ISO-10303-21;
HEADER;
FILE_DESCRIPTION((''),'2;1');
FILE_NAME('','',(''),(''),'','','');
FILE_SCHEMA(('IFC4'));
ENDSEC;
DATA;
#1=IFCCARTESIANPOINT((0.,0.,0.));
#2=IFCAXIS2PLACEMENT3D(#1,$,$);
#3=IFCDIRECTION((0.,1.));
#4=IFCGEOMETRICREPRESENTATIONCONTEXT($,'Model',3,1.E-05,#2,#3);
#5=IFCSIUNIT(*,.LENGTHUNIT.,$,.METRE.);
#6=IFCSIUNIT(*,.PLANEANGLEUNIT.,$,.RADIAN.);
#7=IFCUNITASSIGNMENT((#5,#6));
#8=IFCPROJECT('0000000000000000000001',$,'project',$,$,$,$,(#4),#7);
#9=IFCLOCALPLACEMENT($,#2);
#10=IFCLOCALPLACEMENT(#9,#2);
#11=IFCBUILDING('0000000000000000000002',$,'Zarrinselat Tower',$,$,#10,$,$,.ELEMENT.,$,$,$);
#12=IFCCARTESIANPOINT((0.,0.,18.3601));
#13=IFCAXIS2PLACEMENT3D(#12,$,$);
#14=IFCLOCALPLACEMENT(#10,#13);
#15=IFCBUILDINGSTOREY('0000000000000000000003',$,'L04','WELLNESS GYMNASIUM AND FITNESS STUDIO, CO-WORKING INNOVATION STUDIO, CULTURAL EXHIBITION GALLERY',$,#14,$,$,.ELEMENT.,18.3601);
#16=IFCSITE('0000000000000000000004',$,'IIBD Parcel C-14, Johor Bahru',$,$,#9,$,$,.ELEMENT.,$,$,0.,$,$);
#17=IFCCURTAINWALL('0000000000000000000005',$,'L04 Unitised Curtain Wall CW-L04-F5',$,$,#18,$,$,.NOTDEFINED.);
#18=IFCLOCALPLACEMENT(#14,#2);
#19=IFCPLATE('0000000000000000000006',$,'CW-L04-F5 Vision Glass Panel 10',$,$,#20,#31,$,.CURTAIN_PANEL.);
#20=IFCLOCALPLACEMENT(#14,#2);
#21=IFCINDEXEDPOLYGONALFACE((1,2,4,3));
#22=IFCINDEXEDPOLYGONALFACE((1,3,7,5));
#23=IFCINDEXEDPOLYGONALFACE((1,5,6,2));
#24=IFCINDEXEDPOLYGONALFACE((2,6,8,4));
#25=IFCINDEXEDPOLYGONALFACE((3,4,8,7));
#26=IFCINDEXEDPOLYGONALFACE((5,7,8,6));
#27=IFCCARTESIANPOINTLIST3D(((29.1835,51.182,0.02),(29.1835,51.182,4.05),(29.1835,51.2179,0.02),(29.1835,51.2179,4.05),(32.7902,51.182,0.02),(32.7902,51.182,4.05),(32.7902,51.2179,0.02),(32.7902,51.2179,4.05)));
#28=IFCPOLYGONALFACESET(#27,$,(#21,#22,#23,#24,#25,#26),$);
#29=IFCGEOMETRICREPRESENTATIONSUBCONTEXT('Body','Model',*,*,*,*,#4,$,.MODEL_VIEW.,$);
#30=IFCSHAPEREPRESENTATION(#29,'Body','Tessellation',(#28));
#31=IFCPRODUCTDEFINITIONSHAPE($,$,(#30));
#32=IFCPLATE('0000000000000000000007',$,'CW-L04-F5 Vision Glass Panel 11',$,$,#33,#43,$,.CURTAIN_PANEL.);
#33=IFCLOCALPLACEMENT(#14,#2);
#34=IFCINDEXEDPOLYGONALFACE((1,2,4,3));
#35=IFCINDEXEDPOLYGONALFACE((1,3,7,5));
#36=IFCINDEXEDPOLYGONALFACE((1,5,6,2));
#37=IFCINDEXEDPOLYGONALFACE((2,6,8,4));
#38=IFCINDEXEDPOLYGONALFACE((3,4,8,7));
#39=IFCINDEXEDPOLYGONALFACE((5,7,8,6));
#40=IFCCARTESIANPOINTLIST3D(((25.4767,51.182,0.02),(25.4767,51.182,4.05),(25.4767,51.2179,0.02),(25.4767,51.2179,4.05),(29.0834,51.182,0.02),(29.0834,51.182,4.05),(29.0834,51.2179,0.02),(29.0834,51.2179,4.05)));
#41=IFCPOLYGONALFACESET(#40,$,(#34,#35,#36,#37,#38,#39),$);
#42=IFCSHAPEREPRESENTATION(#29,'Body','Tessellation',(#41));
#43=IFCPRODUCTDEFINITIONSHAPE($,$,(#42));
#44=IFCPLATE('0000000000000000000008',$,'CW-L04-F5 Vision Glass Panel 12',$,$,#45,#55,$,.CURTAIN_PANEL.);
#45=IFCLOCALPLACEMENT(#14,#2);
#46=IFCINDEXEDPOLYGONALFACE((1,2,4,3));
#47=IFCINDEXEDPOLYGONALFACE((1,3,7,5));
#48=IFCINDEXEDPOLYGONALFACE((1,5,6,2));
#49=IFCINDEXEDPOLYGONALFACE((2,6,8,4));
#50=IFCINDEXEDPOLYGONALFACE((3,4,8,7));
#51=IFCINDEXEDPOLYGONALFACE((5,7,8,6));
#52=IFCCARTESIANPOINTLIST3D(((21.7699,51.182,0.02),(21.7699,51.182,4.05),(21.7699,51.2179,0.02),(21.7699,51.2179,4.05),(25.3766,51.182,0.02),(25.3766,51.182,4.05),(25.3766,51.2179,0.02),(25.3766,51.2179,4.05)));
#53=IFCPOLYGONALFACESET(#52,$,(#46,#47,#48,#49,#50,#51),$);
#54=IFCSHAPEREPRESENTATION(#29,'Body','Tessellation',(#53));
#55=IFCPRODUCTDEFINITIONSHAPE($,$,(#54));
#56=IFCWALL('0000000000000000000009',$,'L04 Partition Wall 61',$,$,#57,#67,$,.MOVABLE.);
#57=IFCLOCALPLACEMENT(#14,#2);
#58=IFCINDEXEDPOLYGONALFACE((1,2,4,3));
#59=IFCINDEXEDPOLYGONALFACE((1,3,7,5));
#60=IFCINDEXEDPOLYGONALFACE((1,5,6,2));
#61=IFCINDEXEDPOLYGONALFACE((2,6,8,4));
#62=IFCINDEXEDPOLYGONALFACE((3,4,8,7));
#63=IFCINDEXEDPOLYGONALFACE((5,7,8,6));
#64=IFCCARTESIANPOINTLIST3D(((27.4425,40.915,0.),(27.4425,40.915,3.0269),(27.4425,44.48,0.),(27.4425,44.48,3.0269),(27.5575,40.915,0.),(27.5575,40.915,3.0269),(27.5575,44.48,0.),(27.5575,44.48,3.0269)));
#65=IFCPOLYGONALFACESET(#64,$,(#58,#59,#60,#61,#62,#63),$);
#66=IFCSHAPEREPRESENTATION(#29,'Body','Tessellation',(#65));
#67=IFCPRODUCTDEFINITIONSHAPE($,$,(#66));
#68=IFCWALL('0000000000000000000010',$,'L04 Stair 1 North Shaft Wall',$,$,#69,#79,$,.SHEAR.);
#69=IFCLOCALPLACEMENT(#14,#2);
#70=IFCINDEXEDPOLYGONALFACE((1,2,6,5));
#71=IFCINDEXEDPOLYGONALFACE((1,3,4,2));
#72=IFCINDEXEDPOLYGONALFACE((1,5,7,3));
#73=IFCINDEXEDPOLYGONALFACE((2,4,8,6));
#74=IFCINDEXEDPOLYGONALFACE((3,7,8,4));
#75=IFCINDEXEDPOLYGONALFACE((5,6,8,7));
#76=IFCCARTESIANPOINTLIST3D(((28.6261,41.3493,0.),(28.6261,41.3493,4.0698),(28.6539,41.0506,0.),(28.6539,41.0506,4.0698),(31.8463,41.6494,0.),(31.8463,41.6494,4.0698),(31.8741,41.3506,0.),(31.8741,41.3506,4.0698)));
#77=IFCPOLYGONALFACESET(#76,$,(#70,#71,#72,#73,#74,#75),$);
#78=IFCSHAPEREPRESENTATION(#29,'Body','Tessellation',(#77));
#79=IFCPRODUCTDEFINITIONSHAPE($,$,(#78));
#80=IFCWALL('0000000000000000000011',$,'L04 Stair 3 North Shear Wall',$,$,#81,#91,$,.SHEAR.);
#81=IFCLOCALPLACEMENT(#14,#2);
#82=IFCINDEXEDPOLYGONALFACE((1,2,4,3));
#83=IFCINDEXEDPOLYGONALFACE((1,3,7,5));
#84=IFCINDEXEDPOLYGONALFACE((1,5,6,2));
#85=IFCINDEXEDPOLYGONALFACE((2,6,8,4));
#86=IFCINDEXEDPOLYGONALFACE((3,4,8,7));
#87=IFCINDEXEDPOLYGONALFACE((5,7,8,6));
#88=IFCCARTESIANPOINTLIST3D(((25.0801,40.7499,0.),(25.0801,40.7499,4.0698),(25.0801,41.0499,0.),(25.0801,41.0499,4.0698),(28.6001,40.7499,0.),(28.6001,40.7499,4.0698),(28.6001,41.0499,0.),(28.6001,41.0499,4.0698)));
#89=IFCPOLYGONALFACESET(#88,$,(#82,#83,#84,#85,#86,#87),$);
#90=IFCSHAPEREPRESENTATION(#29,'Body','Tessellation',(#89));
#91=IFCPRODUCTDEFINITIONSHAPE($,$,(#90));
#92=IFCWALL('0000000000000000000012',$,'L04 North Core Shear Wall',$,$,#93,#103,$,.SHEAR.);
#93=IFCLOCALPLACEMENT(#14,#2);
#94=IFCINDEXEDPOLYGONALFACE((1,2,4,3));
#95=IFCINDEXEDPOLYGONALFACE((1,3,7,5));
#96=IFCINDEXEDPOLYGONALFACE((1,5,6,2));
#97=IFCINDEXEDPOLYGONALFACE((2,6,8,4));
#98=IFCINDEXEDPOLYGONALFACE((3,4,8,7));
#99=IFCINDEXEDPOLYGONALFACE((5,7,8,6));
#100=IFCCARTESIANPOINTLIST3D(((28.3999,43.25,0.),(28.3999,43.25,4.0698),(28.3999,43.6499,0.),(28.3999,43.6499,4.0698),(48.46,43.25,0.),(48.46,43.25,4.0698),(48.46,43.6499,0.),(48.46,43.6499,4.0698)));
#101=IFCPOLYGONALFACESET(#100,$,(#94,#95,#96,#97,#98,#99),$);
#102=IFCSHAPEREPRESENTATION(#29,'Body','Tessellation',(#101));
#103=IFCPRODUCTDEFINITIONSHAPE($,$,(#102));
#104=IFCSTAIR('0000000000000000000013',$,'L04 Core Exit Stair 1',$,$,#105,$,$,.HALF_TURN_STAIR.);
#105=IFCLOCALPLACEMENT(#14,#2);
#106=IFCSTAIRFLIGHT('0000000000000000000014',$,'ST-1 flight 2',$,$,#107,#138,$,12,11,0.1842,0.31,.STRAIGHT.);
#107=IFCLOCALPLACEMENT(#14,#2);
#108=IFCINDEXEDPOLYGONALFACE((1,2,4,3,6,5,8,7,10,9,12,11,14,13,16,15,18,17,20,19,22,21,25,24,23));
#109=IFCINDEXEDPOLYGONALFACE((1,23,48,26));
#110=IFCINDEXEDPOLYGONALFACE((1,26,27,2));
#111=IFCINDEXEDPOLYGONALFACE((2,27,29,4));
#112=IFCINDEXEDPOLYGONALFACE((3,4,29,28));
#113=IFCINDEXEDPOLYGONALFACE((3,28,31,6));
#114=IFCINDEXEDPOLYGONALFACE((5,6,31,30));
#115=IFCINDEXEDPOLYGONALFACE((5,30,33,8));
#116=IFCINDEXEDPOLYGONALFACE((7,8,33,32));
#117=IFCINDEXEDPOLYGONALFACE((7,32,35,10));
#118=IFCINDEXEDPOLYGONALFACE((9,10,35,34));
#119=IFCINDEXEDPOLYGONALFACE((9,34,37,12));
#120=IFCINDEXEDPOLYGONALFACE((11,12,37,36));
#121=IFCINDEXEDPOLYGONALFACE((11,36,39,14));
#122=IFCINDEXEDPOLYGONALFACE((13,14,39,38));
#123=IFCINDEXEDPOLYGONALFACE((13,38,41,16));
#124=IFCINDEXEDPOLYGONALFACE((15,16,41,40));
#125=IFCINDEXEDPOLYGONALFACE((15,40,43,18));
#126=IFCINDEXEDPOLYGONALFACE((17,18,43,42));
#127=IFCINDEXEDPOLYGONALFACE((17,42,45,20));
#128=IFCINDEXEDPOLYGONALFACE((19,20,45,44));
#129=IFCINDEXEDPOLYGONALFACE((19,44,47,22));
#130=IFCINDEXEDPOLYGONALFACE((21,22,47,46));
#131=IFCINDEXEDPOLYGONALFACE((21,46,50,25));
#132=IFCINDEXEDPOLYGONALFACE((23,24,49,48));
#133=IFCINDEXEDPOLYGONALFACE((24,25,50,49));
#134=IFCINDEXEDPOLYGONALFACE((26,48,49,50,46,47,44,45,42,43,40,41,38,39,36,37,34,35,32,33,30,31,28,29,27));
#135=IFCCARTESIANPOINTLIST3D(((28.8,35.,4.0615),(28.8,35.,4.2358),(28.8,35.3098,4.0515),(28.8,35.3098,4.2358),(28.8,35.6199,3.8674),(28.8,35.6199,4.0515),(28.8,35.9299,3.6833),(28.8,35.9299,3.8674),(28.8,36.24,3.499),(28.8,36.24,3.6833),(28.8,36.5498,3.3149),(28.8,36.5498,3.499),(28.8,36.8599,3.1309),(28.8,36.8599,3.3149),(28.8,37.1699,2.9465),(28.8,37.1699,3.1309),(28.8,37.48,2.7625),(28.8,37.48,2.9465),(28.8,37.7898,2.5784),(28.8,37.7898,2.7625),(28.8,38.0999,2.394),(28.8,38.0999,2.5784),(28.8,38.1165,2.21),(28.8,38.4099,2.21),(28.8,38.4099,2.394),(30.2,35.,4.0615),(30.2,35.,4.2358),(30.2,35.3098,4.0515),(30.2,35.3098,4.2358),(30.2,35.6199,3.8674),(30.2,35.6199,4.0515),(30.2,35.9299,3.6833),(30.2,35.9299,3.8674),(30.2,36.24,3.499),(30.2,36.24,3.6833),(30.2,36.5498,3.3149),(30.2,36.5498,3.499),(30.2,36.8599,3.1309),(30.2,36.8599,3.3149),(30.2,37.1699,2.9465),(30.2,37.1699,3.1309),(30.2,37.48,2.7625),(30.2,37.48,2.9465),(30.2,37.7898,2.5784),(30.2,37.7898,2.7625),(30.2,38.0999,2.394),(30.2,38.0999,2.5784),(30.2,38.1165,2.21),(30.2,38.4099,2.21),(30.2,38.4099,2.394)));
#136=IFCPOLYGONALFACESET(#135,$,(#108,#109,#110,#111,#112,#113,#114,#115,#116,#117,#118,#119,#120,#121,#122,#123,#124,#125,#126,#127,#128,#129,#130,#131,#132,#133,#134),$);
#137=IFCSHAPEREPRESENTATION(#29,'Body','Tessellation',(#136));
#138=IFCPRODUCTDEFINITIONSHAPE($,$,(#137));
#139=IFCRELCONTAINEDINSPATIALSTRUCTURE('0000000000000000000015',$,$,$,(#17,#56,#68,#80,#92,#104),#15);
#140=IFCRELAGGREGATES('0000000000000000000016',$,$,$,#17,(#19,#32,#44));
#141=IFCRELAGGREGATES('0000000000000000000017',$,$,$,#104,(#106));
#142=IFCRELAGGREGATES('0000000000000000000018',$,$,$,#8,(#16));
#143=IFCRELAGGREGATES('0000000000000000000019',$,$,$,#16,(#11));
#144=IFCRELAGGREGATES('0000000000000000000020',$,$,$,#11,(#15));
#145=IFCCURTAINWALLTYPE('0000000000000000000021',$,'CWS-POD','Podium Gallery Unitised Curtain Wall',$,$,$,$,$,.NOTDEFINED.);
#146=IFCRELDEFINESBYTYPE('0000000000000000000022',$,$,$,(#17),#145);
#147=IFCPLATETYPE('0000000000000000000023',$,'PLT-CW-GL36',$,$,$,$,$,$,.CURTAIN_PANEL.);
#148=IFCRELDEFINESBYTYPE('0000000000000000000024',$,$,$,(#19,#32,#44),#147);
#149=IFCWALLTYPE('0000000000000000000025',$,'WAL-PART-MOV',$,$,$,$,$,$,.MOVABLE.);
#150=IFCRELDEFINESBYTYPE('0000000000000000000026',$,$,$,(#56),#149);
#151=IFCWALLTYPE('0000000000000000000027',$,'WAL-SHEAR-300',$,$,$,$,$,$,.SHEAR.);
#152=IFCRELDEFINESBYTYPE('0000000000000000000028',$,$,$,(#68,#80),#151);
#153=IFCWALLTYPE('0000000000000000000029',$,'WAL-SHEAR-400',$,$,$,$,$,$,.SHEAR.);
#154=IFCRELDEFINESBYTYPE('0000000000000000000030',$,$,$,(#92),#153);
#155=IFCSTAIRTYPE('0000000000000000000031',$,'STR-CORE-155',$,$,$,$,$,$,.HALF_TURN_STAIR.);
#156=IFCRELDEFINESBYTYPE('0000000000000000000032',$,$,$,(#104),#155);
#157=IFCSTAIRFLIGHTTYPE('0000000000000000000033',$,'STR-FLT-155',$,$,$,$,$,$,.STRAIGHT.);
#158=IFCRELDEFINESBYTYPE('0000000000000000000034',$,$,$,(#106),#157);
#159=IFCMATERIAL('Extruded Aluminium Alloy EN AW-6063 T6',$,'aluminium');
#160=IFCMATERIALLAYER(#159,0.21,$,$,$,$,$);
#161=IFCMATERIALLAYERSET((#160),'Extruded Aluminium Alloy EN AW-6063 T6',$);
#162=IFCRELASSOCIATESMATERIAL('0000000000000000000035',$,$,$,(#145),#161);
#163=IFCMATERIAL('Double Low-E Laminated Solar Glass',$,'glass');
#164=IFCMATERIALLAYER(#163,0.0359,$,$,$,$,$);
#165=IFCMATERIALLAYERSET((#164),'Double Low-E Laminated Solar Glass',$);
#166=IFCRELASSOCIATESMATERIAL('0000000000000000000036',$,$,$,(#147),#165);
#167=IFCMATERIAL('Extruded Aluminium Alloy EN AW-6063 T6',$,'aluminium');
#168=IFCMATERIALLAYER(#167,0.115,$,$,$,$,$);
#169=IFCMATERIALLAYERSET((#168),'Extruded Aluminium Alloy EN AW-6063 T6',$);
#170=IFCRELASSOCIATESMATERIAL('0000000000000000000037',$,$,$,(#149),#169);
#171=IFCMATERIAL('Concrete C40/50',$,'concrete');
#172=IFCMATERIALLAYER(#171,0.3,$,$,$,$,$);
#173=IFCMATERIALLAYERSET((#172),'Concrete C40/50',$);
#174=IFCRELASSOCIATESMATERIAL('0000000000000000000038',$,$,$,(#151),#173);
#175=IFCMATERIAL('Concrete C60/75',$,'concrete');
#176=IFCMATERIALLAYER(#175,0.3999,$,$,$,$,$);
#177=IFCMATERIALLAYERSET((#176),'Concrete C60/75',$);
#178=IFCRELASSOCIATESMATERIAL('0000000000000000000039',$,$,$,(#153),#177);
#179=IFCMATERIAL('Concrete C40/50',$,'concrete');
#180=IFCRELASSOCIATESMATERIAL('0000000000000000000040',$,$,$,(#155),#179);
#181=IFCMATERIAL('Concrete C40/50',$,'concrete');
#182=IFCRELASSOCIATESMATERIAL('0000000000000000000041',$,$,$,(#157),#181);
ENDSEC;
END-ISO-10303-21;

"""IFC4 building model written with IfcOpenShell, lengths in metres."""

from ifc_helpers import new_model, si_unit, direction, frame, frame_2d, origin, origin_2d, place, context, subcontext, project, spatial, polyline, rectangle, outline, extrude, material, layer, layer_set, type_object, element, aggregate, save


model = new_model("IFC4")

# Units and contexts
model_context = context("Model", 3, precision=1e-05, world=origin(), true_north=direction((0.0, 1.0)))
body_context = subcontext(model_context, "Body", "Model", "MODEL_VIEW")
ifc_project = project(units=[si_unit("LENGTHUNIT", "METRE"), si_unit("PLANEANGLEUNIT", "RADIAN")], contexts=[model_context])

# Site, building, storey
site_placement = place(None, origin())
site = spatial("IfcSite", under=ifc_project, at=site_placement, Name="IIBD Parcel C-14, Johor Bahru", CompositionType="ELEMENT", RefElevation=0.0)
building_placement = place(site_placement, origin())
building = spatial("IfcBuilding", under=site, at=building_placement, Name="Zarrinselat Tower", CompositionType="ELEMENT")
storey_placement = place(building_placement, frame((0.0, 0.0, 18.3601)))
storey = spatial("IfcBuildingStorey", under=building, at=storey_placement, Name="L04", Description="WELLNESS GYMNASIUM AND FITNESS STUDIO, CO-WORKING INNOVATION STUDIO, CULTURAL EXHIBITION GALLERY", CompositionType="ELEMENT", Elevation=18.3601)

# Curtain wall, plates
ifc_material_1 = material(Name="Extruded Aluminium Alloy EN AW-6063 T6", Category="aluminium")
ifc_layer_1 = layer(ifc_material_1, 0.21)
ifc_layer_set_1 = layer_set([ifc_layer_1], Name="Extruded Aluminium Alloy EN AW-6063 T6")
curtain_wall_type = type_object("IfcCurtainWallType", Name="CWS-POD", Description="Podium Gallery Unitised Curtain Wall", PredefinedType="NOTDEFINED", material=ifc_layer_set_1)
curtain_wall_placement = place(storey_placement, origin())
curtain_wall = element("IfcCurtainWall", 1, at=curtain_wall_placement, inside=storey, type_object=curtain_wall_type, Name="L04 Unitised Curtain Wall CW-L04-F5", PredefinedType="NOTDEFINED")
ifc_material_2 = material(Name="Double Low-E Laminated Solar Glass", Category="glass")
ifc_layer_2 = layer(ifc_material_2, 0.0359)
ifc_layer_set_2 = layer_set([ifc_layer_2], Name="Double Low-E Laminated Solar Glass")
plate_type = type_object("IfcPlateType", Name="PLT-CW-GL36", PredefinedType="CURTAIN_PANEL", material=ifc_layer_set_2)
plate_1_placement = place(storey_placement, frame((30.9868, 51.2, 0.02), z_axis=(0.0, 0.0, 1.0), x_axis=(-1.0, 0.0, 0.0)))
plate_1 = element("IfcPlate", 2, at=plate_1_placement, type_object=plate_type, Name="CW-L04-F5 Vision Glass Panel 10", PredefinedType="CURTAIN_PANEL", context=body_context, shape_type="SweptSolid", body=[
    extrude(rectangle(XDim=3.6067, YDim=0.0359, at=origin_2d()), origin(), (0.0, 0.0, 1.0), 4.03),
])
plate_2_placement = place(storey_placement, frame((27.28, 51.2, 0.02), z_axis=(0.0, 0.0, 1.0), x_axis=(-1.0, 0.0, 0.0)))
plate_2 = element("IfcPlate", 3, at=plate_2_placement, type_object=plate_type, Name="CW-L04-F5 Vision Glass Panel 11", PredefinedType="CURTAIN_PANEL", context=body_context, shape_type="SweptSolid", body=[
    extrude(rectangle(XDim=3.6067, YDim=0.0359, at=origin_2d()), origin(), (0.0, 0.0, 1.0), 4.03),
])
plate_3_placement = place(storey_placement, frame((23.5732, 51.2, 0.02), z_axis=(0.0, 0.0, 1.0), x_axis=(-1.0, 0.0, 0.0)))
plate_3 = element("IfcPlate", 4, at=plate_3_placement, type_object=plate_type, Name="CW-L04-F5 Vision Glass Panel 12", PredefinedType="CURTAIN_PANEL", context=body_context, shape_type="SweptSolid", body=[
    extrude(rectangle(XDim=3.6067, YDim=0.0359, at=origin_2d()), origin(), (0.0, 0.0, 1.0), 4.03),
])
aggregate(curtain_wall, [plate_1, plate_2, plate_3])

# Walls
ifc_material_3 = material(Name="Extruded Aluminium Alloy EN AW-6063 T6", Category="aluminium")
ifc_layer_3 = layer(ifc_material_3, 0.115)
ifc_layer_set_3 = layer_set([ifc_layer_3], Name="Extruded Aluminium Alloy EN AW-6063 T6")
wall_type_1 = type_object("IfcWallType", Name="WAL-PART-MOV", PredefinedType="MOVABLE", material=ifc_layer_set_3)
wall_1_placement = place(storey_placement, frame((27.5, 40.915, 0.0), z_axis=(0.0, 0.0, 1.0), x_axis=(0.0, 1.0, 0.0)))
element("IfcWall", 5, at=wall_1_placement, inside=storey, type_object=wall_type_1, Name="L04 Partition Wall 61", PredefinedType="MOVABLE", context=body_context, shape_type="SweptSolid", body=[
    extrude(rectangle(XDim=3.5649, YDim=0.115, at=frame_2d((1.7825, 0.0))), origin(), (0.0, 0.0, 1.0), 3.0269),
])
ifc_material_4 = material(Name="Concrete C40/50", Category="concrete")
ifc_layer_4 = layer(ifc_material_4, 0.3)
ifc_layer_set_4 = layer_set([ifc_layer_4], Name="Concrete C40/50")
wall_type_2 = type_object("IfcWallType", Name="WAL-SHEAR-300", PredefinedType="SHEAR", material=ifc_layer_set_4)
wall_2_placement = place(storey_placement, frame((28.6399, 41.2, 0.0), z_axis=(0.0, 0.0, 1.0), x_axis=(0.995687, 0.092775, 0.0)))
element("IfcWall", 6, at=wall_2_placement, inside=storey, type_object=wall_type_2, Name="L04 Stair 1 North Shaft Wall", PredefinedType="SHEAR", context=body_context, shape_type="SweptSolid", body=[
    extrude(rectangle(XDim=3.2341, YDim=0.3, at=frame_2d((1.6172, 0.0))), origin(), (0.0, 0.0, 1.0), 4.0698),
])
wall_3_placement = place(storey_placement, frame((25.0801, 40.8999, 0.0), z_axis=(0.0, 0.0, 1.0), x_axis=(1.0, 0.0, 0.0)))
element("IfcWall", 7, at=wall_3_placement, inside=storey, type_object=wall_type_2, Name="L04 Stair 3 North Shear Wall", PredefinedType="SHEAR", context=body_context, shape_type="SweptSolid", body=[
    extrude(rectangle(XDim=3.52, YDim=0.3, at=frame_2d((1.76, 0.0))), origin(), (0.0, 0.0, 1.0), 4.0698),
])
ifc_material_5 = material(Name="Concrete C60/75", Category="concrete")
ifc_layer_5 = layer(ifc_material_5, 0.3999)
ifc_layer_set_5 = layer_set([ifc_layer_5], Name="Concrete C60/75")
wall_type_3 = type_object("IfcWallType", Name="WAL-SHEAR-400", PredefinedType="SHEAR", material=ifc_layer_set_5)
wall_4_placement = place(storey_placement, frame((28.3999, 43.45, 0.0), z_axis=(0.0, 0.0, 1.0), x_axis=(1.0, 0.0, 0.0)))
element("IfcWall", 8, at=wall_4_placement, inside=storey, type_object=wall_type_3, Name="L04 North Core Shear Wall", PredefinedType="SHEAR", context=body_context, shape_type="SweptSolid", body=[
    extrude(rectangle(XDim=20.0601, YDim=0.3999, at=frame_2d((10.03, 0.0))), origin(), (0.0, 0.0, 1.0), 4.0698),
])

# Stair, stair flight
ifc_material_6 = material(Name="Concrete C40/50", Category="concrete")
stair_type = type_object("IfcStairType", Name="STR-CORE-155", PredefinedType="HALF_TURN_STAIR", material=ifc_material_6)
stair_placement = place(storey_placement, origin())
stair = element("IfcStair", 9, at=stair_placement, inside=storey, type_object=stair_type, Name="L04 Core Exit Stair 1", PredefinedType="HALF_TURN_STAIR")
ifc_material_7 = material(Name="Concrete C40/50", Category="concrete")
stair_flight_type = type_object("IfcStairFlightType", Name="STR-FLT-155", PredefinedType="STRAIGHT", material=ifc_material_7)
stair_flight_placement = place(storey_placement, frame((29.5, 38.4099, 2.21), z_axis=(0.0, 0.0, 1.0), x_axis=(0.0, -1.0, 0.0)))
stair_flight = element("IfcStairFlight", 10, at=stair_flight_placement, type_object=stair_flight_type, Name="ST-1 flight 2", NumberOfRisers=12, NumberOfTreads=11, PredefinedType="STRAIGHT", RiserHeight=0.1842, TreadLength=0.31, context=body_context, shape_type="SweptSolid", body=[
    extrude(outline(polyline([(0.0, 0.0), (0.0, 0.1841), (0.3101, 0.1841), (0.3101, 0.3684), (0.6201, 0.3684), (0.6201, 0.5525), (0.9299, 0.5525), (0.9299, 0.7366), (1.24, 0.7366), (1.24, 0.9209), (1.55, 0.9209), (1.55, 1.105), (1.8601, 1.105), (1.8601, 1.2891), (2.1699, 1.2891), (2.1699, 1.4734), (2.48, 1.4734), (2.48, 1.6575), (2.79, 1.6575), (2.79, 1.8416), (3.1001, 1.8416), (3.1001, 2.0259), (3.4099, 2.0259), (3.4099, 2.21), (3.4099, 1.8516), (0.2935, 0.0), (0.0, 0.0)])), frame((0.0, 0.7, 0.0), z_axis=(0.0, -1.0, 0.0), x_axis=(1.0, 0.0, 0.0)), (0.0, 0.0, 1.0), 1.3999),
])
aggregate(stair, [stair_flight])

save(model, "model.ifc")
